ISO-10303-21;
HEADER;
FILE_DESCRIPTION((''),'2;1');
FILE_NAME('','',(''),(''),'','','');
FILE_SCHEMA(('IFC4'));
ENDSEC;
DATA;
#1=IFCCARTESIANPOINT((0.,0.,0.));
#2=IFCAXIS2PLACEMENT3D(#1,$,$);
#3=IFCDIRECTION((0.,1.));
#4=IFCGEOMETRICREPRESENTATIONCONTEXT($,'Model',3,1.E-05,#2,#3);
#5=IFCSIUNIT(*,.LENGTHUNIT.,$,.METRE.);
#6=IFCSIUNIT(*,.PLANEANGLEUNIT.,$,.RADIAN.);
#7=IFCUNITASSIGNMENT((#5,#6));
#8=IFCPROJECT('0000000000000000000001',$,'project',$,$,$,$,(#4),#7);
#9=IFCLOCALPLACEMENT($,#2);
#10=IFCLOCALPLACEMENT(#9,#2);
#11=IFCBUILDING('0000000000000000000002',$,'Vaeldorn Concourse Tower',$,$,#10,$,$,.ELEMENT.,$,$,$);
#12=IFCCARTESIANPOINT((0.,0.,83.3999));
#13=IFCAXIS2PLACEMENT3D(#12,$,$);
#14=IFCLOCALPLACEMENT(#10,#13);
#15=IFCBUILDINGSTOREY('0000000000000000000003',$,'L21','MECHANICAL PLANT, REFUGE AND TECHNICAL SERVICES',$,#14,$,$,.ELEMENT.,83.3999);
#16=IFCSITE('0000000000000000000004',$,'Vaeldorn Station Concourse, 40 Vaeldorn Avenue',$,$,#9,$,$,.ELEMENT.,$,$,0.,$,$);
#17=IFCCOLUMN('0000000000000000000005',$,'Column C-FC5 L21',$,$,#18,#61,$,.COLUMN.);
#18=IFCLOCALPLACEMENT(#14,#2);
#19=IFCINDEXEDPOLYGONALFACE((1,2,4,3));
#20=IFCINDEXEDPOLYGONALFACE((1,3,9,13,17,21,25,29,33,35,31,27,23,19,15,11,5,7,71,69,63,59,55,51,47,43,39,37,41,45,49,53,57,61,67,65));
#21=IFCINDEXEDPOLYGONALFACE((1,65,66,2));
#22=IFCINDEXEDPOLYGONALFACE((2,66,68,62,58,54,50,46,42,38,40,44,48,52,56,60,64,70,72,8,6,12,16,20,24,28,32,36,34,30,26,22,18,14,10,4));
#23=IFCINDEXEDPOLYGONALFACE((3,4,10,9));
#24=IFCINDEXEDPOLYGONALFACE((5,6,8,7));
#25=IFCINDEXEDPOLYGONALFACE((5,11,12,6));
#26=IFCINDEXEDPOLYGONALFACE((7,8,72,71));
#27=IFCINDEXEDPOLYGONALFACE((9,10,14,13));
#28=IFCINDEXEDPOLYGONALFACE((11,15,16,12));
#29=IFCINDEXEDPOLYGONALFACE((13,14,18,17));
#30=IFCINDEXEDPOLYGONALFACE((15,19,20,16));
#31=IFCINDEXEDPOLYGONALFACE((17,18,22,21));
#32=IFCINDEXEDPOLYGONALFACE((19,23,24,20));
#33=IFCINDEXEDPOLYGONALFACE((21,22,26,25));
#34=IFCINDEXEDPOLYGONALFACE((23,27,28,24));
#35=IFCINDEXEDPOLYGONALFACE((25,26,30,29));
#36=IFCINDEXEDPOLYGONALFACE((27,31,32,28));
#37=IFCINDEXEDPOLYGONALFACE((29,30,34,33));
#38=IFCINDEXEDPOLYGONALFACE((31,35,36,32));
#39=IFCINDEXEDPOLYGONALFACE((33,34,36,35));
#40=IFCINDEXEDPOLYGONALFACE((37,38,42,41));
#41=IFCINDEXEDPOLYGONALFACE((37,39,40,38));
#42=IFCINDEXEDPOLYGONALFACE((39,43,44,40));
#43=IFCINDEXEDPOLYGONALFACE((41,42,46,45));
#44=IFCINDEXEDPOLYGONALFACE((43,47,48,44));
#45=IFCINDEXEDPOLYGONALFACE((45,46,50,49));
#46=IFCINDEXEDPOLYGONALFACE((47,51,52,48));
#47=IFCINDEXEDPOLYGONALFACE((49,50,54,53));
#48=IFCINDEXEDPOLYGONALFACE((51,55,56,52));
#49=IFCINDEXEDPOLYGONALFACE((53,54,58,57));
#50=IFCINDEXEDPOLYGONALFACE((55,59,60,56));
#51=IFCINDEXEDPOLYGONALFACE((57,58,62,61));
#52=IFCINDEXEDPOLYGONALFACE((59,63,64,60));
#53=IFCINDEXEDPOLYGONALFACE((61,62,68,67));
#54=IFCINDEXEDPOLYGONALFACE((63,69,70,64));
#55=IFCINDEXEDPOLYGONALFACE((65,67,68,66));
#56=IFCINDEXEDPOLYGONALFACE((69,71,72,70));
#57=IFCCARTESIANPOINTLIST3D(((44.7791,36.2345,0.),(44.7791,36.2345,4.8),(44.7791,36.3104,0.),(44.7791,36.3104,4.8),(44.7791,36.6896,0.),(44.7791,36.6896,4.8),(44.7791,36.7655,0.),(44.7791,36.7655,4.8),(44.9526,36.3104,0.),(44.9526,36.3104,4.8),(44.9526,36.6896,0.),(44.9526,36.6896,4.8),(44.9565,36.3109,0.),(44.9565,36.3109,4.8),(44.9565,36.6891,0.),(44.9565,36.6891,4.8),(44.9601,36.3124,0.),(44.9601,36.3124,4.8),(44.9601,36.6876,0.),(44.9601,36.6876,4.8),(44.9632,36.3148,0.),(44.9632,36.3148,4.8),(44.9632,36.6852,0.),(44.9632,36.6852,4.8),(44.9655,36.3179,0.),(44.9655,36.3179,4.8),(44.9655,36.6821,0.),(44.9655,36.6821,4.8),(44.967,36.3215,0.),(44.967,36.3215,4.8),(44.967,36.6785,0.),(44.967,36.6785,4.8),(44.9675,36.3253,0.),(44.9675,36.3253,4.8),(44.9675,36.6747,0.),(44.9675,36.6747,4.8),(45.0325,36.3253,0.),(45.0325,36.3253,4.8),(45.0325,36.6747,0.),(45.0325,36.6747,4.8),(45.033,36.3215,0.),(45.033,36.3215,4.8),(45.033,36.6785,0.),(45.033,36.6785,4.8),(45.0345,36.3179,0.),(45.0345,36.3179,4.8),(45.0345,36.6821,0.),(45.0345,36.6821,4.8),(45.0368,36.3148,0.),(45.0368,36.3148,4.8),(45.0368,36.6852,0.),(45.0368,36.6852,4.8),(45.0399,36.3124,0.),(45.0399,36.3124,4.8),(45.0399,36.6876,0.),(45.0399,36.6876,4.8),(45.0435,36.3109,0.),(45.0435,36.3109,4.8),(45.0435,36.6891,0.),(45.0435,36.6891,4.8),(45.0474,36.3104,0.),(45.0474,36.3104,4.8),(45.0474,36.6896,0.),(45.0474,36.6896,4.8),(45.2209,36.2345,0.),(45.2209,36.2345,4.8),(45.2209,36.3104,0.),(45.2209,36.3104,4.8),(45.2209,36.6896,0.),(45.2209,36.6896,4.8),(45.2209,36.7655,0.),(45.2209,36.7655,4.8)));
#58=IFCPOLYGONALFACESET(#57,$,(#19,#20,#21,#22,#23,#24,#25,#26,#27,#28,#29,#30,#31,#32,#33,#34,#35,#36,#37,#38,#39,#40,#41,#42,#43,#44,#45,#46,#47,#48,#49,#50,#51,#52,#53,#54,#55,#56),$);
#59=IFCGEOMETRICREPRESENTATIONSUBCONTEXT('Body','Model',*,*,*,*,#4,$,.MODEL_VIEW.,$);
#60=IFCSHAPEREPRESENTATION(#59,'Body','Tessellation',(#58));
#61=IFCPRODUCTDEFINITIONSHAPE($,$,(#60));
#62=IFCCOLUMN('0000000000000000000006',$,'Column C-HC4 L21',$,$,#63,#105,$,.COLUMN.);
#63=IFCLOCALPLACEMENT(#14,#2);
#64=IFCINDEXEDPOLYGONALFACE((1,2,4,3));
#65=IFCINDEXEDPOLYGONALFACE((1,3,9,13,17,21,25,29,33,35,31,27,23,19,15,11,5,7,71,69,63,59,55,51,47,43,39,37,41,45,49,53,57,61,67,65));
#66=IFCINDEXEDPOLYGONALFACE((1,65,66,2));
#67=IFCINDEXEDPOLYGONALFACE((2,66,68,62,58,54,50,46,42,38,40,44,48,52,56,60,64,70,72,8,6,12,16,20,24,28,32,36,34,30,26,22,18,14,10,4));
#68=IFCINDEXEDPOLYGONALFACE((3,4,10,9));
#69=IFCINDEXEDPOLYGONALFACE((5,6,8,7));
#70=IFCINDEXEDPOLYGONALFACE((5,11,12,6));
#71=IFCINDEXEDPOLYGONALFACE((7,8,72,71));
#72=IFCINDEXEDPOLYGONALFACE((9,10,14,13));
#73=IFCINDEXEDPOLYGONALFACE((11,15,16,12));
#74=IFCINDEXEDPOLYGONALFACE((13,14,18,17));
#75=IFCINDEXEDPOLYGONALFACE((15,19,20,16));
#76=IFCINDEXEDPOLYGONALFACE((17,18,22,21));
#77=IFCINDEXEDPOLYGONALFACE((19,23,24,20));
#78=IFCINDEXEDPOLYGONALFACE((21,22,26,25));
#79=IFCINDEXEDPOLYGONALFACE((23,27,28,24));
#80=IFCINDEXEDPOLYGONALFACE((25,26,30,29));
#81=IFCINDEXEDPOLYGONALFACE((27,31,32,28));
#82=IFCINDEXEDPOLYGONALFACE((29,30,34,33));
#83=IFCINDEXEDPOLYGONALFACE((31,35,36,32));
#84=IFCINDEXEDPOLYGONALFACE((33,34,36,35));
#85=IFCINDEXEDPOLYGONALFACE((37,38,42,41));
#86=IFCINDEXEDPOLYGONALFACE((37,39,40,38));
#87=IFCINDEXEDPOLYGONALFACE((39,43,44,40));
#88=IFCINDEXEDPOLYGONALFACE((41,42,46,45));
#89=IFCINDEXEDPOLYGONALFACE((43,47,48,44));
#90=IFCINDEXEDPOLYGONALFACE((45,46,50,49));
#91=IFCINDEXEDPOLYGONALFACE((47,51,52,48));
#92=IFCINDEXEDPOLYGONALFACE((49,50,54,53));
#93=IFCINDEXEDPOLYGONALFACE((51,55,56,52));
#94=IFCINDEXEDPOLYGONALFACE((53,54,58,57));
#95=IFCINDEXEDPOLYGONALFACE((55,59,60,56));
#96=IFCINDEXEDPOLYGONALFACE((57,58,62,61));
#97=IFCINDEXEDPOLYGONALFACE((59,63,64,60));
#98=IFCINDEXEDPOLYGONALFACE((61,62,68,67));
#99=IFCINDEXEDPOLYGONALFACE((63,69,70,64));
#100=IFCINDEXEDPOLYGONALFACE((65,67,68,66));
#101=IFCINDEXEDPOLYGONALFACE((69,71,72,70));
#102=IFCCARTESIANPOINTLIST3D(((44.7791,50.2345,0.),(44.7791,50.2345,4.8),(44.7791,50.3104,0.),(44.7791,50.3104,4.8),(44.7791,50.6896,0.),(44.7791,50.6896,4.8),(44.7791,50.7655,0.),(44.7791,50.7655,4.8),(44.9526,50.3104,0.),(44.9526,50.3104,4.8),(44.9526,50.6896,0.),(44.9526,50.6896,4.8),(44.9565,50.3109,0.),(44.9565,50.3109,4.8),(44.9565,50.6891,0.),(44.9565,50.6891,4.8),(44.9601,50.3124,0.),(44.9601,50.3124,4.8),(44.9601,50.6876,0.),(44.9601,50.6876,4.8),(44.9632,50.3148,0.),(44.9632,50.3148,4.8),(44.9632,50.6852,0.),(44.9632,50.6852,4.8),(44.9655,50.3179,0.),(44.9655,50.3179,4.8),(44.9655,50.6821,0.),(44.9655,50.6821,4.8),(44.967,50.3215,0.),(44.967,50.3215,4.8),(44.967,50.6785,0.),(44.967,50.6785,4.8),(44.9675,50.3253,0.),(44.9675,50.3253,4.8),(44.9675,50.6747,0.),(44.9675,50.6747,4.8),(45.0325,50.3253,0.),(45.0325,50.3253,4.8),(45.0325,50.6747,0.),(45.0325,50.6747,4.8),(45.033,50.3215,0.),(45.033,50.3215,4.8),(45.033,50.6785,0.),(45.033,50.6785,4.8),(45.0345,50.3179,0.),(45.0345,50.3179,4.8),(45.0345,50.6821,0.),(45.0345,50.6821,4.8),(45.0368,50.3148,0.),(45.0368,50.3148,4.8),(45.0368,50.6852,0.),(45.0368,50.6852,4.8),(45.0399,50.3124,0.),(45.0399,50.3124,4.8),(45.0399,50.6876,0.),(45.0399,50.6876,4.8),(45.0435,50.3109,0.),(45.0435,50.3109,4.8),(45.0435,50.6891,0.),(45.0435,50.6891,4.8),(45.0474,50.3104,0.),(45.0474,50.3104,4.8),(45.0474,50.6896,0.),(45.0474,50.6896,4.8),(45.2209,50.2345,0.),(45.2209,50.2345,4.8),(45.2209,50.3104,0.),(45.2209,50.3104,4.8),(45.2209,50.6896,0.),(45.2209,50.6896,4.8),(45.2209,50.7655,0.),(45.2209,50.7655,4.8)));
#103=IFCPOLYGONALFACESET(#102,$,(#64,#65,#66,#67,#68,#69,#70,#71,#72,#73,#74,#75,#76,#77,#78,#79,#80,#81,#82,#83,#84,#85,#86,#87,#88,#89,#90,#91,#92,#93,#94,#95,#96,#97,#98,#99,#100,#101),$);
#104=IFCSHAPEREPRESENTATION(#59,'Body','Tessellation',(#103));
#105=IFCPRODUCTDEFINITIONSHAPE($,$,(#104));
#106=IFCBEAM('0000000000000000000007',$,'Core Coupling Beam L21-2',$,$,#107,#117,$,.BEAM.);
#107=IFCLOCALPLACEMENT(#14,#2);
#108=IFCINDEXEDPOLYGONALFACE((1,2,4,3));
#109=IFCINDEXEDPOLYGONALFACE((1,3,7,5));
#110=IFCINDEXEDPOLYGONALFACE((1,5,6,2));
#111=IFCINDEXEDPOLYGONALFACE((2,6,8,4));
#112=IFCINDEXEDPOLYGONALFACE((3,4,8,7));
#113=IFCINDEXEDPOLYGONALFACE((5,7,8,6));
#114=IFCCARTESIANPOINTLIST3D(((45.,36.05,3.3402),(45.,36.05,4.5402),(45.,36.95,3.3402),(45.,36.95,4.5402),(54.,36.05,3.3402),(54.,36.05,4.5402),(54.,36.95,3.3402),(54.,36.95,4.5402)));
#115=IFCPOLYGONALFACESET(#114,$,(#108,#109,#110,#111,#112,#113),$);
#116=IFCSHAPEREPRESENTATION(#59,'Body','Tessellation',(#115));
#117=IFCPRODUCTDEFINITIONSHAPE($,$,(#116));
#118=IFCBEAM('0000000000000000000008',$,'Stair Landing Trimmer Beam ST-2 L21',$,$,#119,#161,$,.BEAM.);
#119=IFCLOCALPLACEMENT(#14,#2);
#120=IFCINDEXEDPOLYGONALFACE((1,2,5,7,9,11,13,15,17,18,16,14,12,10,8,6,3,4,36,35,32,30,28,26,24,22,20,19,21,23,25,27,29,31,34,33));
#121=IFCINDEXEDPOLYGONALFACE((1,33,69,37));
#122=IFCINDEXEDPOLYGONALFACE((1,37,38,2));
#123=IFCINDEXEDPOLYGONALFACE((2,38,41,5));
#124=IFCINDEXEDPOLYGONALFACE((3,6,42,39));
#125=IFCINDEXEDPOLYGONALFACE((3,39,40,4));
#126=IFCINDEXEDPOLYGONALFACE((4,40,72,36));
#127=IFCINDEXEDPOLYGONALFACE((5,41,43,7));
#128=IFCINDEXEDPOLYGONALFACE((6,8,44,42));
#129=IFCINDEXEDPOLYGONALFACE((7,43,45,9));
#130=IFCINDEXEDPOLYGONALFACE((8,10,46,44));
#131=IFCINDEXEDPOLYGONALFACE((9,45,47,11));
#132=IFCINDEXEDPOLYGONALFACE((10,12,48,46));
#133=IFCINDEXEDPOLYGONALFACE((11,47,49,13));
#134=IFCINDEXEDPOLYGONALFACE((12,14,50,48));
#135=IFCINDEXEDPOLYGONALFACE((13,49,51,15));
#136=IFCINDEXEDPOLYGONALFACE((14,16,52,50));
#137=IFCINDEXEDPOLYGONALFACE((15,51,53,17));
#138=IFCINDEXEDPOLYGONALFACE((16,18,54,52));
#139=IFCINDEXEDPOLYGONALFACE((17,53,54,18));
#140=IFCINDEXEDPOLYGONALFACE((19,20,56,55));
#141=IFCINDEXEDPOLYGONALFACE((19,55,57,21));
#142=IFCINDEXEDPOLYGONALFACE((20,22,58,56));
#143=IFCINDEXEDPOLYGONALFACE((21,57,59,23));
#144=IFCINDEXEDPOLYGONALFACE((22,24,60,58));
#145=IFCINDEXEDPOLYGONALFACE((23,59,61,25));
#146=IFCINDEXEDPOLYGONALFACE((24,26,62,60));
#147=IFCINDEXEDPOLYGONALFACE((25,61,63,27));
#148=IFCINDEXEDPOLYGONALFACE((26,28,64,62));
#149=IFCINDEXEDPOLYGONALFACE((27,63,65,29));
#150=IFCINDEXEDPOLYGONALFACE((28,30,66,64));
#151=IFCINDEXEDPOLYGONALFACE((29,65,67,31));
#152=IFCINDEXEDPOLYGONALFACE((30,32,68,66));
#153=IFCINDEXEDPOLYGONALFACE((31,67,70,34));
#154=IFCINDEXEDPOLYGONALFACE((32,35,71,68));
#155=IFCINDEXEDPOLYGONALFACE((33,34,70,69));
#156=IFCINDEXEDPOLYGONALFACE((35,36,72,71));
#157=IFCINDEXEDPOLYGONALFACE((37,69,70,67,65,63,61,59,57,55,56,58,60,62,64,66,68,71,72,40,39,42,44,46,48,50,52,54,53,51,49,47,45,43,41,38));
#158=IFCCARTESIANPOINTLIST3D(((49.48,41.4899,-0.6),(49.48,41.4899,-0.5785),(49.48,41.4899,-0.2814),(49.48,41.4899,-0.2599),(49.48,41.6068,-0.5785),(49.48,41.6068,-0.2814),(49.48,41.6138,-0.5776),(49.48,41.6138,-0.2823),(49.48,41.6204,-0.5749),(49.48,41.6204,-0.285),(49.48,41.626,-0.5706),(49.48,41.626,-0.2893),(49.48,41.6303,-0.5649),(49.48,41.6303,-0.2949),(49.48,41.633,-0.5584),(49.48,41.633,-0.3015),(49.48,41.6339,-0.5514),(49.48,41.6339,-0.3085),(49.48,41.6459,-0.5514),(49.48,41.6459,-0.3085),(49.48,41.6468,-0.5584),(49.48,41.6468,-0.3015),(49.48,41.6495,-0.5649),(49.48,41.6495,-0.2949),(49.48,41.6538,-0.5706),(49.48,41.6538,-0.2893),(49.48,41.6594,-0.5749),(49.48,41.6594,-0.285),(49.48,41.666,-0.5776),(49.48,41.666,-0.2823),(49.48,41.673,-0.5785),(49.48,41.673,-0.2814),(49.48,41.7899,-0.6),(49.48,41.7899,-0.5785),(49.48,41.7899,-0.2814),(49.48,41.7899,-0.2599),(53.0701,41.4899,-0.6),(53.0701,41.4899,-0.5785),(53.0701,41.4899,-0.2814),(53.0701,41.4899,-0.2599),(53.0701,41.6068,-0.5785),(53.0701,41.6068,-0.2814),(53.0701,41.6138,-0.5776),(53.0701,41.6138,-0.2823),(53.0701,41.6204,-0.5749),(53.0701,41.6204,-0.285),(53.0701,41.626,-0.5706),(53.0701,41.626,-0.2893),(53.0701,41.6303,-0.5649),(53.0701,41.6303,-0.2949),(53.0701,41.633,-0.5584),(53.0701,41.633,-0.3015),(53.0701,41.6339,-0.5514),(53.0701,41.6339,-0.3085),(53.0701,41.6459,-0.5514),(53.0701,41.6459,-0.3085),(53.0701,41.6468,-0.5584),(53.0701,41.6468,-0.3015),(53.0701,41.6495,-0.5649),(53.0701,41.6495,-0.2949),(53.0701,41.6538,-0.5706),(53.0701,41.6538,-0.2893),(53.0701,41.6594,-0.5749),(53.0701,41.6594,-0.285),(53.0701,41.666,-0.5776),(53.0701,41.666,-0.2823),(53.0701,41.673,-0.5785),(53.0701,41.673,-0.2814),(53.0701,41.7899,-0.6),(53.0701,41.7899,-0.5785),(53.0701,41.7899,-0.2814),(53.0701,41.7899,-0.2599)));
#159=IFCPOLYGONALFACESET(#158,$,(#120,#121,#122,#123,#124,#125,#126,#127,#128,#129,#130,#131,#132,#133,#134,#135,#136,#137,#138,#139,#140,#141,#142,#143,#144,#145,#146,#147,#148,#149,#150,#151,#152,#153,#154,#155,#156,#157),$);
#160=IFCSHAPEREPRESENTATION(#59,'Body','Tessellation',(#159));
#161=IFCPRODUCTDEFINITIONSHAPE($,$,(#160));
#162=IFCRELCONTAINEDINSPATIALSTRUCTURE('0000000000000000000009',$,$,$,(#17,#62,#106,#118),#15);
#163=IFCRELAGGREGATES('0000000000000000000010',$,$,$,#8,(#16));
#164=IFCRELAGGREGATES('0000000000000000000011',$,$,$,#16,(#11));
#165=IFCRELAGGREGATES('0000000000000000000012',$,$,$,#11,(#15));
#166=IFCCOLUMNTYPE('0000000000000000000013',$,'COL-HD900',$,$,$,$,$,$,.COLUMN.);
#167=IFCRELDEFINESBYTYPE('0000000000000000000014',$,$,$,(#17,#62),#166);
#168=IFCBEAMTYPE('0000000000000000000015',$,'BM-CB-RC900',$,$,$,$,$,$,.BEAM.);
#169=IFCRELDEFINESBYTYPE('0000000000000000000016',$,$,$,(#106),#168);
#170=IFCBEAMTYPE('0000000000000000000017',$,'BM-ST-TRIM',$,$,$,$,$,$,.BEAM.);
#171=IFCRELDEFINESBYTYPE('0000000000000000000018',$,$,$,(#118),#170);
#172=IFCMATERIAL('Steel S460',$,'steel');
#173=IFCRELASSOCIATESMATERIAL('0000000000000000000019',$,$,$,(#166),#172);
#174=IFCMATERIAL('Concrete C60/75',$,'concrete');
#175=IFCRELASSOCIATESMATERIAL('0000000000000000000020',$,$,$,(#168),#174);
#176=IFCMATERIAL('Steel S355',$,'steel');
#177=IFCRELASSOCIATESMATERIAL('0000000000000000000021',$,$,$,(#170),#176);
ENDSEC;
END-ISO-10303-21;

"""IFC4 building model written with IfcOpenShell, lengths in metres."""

from ifc_helpers import new_model, si_unit, direction, frame, origin, origin_2d, place, context, subcontext, project, spatial, rectangle, i_section, extrude, source, transform, mapped, material, material_profile, profile_set, type_object, element, save


model = new_model("IFC4")

# Units and contexts
model_context = context("Model", 3, precision=1e-05, world=origin(), true_north=direction((0.0, 1.0)))
body_context = subcontext(model_context, "Body", "Model", "MODEL_VIEW")
ifc_project = project(units=[si_unit("LENGTHUNIT", "METRE"), si_unit("PLANEANGLEUNIT", "RADIAN")], contexts=[model_context])

# Site, building, storey
site_placement = place(None, origin())
site = spatial("IfcSite", under=ifc_project, at=site_placement, Name="Vaeldorn Station Concourse, 40 Vaeldorn Avenue", CompositionType="ELEMENT", RefElevation=0.0)
building_placement = place(site_placement, origin())
building = spatial("IfcBuilding", under=site, at=building_placement, Name="Vaeldorn Concourse Tower", CompositionType="ELEMENT")
storey_placement = place(building_placement, frame((0.0, 0.0, 83.3999)))
storey = spatial("IfcBuildingStorey", under=building, at=storey_placement, Name="L21", Description="MECHANICAL PLANT, REFUGE AND TECHNICAL SERVICES", CompositionType="ELEMENT", Elevation=83.3999)

# Columns
ifc_material_1 = material(Name="Steel S460", Category="steel")
ifc_material_profile_1 = material_profile(ifc_material_1, i_section(OverallWidth=0.4419, OverallDepth=0.531, WebThickness=0.0649, FlangeThickness=0.0759, FilletRadius=0.0149, at=origin_2d()), Name="HD 400x900")
ifc_profile_set_1 = profile_set([ifc_material_profile_1], Name="Steel S460")
column_type = type_object("IfcColumnType", Name="COL-HD900", PredefinedType="COLUMN", material=ifc_profile_set_1)
shared_shape_1 = source(origin(), body_context, "Body", "SweptSolid", [
    extrude(i_section(OverallWidth=0.4419, OverallDepth=0.531, WebThickness=0.0649, FlangeThickness=0.0759, FilletRadius=0.0149, at=origin_2d()), origin(), (0.0, 0.0, 1.0), 4.8),
])
for number, where, z_axis, x_axis, name in (
    (1, (45.0, 36.5, 0.0), (0.0, 0.0, 1.0), (1.0, 0.0, 0.0), "Column C-FC5 L21"),
    (2, (45.0, 50.5, 0.0), (0.0, 0.0, 1.0), (1.0, 0.0, 0.0), "Column C-HC4 L21"),
):
    element("IfcColumn", number, at=place(storey_placement, frame(where, z_axis=z_axis, x_axis=x_axis)), inside=storey, type_object=column_type, Name=name, PredefinedType="COLUMN", context=body_context, shape_type="MappedRepresentation", body=[
        mapped(shared_shape_1, transform((0.0, 0.0, 0.0), scale=1.0)),
    ])

# Beams
ifc_material_2 = material(Name="Concrete C60/75", Category="concrete")
ifc_material_profile_2 = material_profile(ifc_material_2, rectangle(XDim=0.8999, YDim=1.2, at=origin_2d()), Name="RC 900x1200")
ifc_profile_set_2 = profile_set([ifc_material_profile_2], Name="Concrete C60/75")
beam_type_1 = type_object("IfcBeamType", Name="BM-CB-RC900", PredefinedType="BEAM", material=ifc_profile_set_2)
shared_shape_2 = source(origin(), body_context, "Body", "SweptSolid", [
    extrude(rectangle(XDim=0.8999, YDim=1.2, at=origin_2d()), origin(), (0.0, 0.0, 1.0), 9.0),
])
beam_1_placement = place(storey_placement, frame((45.0, 36.5, 3.9402), z_axis=(1.0, 0.0, 0.0), x_axis=(0.0, 1.0, 0.0)))
element("IfcBeam", 3, at=beam_1_placement, inside=storey, type_object=beam_type_1, Name="Core Coupling Beam L21-2", PredefinedType="BEAM", context=body_context, shape_type="MappedRepresentation", body=[
    mapped(shared_shape_2, transform((0.0, 0.0, 0.0), scale=1.0)),
])
ifc_material_3 = material(Name="Steel S355", Category="steel")
ifc_material_profile_3 = material_profile(ifc_material_3, i_section(OverallWidth=0.3, OverallDepth=0.3401, WebThickness=0.012, FlangeThickness=0.0215, FilletRadius=0.0271, at=origin_2d()), Name="HEB 340")
ifc_profile_set_3 = profile_set([ifc_material_profile_3], Name="Steel S355")
beam_type_2 = type_object("IfcBeamType", Name="BM-ST-TRIM", PredefinedType="BEAM", material=ifc_profile_set_3)
shared_shape_3 = source(origin(), body_context, "Body", "SweptSolid", [
    extrude(i_section(OverallWidth=0.3, OverallDepth=0.3401, WebThickness=0.012, FlangeThickness=0.0215, FilletRadius=0.0271, at=origin_2d()), origin(), (0.0, 0.0, 1.0), 3.5901),
])
beam_2_placement = place(storey_placement, frame((49.48, 41.6399, -0.4299), z_axis=(1.0, 0.0, 0.0), x_axis=(0.0, 1.0, 0.0)))
element("IfcBeam", 4, at=beam_2_placement, inside=storey, type_object=beam_type_2, Name="Stair Landing Trimmer Beam ST-2 L21", PredefinedType="BEAM", context=body_context, shape_type="MappedRepresentation", body=[
    mapped(shared_shape_3, transform((0.0, 0.0, 0.0), scale=1.0)),
])

save(model, "model.ifc")
